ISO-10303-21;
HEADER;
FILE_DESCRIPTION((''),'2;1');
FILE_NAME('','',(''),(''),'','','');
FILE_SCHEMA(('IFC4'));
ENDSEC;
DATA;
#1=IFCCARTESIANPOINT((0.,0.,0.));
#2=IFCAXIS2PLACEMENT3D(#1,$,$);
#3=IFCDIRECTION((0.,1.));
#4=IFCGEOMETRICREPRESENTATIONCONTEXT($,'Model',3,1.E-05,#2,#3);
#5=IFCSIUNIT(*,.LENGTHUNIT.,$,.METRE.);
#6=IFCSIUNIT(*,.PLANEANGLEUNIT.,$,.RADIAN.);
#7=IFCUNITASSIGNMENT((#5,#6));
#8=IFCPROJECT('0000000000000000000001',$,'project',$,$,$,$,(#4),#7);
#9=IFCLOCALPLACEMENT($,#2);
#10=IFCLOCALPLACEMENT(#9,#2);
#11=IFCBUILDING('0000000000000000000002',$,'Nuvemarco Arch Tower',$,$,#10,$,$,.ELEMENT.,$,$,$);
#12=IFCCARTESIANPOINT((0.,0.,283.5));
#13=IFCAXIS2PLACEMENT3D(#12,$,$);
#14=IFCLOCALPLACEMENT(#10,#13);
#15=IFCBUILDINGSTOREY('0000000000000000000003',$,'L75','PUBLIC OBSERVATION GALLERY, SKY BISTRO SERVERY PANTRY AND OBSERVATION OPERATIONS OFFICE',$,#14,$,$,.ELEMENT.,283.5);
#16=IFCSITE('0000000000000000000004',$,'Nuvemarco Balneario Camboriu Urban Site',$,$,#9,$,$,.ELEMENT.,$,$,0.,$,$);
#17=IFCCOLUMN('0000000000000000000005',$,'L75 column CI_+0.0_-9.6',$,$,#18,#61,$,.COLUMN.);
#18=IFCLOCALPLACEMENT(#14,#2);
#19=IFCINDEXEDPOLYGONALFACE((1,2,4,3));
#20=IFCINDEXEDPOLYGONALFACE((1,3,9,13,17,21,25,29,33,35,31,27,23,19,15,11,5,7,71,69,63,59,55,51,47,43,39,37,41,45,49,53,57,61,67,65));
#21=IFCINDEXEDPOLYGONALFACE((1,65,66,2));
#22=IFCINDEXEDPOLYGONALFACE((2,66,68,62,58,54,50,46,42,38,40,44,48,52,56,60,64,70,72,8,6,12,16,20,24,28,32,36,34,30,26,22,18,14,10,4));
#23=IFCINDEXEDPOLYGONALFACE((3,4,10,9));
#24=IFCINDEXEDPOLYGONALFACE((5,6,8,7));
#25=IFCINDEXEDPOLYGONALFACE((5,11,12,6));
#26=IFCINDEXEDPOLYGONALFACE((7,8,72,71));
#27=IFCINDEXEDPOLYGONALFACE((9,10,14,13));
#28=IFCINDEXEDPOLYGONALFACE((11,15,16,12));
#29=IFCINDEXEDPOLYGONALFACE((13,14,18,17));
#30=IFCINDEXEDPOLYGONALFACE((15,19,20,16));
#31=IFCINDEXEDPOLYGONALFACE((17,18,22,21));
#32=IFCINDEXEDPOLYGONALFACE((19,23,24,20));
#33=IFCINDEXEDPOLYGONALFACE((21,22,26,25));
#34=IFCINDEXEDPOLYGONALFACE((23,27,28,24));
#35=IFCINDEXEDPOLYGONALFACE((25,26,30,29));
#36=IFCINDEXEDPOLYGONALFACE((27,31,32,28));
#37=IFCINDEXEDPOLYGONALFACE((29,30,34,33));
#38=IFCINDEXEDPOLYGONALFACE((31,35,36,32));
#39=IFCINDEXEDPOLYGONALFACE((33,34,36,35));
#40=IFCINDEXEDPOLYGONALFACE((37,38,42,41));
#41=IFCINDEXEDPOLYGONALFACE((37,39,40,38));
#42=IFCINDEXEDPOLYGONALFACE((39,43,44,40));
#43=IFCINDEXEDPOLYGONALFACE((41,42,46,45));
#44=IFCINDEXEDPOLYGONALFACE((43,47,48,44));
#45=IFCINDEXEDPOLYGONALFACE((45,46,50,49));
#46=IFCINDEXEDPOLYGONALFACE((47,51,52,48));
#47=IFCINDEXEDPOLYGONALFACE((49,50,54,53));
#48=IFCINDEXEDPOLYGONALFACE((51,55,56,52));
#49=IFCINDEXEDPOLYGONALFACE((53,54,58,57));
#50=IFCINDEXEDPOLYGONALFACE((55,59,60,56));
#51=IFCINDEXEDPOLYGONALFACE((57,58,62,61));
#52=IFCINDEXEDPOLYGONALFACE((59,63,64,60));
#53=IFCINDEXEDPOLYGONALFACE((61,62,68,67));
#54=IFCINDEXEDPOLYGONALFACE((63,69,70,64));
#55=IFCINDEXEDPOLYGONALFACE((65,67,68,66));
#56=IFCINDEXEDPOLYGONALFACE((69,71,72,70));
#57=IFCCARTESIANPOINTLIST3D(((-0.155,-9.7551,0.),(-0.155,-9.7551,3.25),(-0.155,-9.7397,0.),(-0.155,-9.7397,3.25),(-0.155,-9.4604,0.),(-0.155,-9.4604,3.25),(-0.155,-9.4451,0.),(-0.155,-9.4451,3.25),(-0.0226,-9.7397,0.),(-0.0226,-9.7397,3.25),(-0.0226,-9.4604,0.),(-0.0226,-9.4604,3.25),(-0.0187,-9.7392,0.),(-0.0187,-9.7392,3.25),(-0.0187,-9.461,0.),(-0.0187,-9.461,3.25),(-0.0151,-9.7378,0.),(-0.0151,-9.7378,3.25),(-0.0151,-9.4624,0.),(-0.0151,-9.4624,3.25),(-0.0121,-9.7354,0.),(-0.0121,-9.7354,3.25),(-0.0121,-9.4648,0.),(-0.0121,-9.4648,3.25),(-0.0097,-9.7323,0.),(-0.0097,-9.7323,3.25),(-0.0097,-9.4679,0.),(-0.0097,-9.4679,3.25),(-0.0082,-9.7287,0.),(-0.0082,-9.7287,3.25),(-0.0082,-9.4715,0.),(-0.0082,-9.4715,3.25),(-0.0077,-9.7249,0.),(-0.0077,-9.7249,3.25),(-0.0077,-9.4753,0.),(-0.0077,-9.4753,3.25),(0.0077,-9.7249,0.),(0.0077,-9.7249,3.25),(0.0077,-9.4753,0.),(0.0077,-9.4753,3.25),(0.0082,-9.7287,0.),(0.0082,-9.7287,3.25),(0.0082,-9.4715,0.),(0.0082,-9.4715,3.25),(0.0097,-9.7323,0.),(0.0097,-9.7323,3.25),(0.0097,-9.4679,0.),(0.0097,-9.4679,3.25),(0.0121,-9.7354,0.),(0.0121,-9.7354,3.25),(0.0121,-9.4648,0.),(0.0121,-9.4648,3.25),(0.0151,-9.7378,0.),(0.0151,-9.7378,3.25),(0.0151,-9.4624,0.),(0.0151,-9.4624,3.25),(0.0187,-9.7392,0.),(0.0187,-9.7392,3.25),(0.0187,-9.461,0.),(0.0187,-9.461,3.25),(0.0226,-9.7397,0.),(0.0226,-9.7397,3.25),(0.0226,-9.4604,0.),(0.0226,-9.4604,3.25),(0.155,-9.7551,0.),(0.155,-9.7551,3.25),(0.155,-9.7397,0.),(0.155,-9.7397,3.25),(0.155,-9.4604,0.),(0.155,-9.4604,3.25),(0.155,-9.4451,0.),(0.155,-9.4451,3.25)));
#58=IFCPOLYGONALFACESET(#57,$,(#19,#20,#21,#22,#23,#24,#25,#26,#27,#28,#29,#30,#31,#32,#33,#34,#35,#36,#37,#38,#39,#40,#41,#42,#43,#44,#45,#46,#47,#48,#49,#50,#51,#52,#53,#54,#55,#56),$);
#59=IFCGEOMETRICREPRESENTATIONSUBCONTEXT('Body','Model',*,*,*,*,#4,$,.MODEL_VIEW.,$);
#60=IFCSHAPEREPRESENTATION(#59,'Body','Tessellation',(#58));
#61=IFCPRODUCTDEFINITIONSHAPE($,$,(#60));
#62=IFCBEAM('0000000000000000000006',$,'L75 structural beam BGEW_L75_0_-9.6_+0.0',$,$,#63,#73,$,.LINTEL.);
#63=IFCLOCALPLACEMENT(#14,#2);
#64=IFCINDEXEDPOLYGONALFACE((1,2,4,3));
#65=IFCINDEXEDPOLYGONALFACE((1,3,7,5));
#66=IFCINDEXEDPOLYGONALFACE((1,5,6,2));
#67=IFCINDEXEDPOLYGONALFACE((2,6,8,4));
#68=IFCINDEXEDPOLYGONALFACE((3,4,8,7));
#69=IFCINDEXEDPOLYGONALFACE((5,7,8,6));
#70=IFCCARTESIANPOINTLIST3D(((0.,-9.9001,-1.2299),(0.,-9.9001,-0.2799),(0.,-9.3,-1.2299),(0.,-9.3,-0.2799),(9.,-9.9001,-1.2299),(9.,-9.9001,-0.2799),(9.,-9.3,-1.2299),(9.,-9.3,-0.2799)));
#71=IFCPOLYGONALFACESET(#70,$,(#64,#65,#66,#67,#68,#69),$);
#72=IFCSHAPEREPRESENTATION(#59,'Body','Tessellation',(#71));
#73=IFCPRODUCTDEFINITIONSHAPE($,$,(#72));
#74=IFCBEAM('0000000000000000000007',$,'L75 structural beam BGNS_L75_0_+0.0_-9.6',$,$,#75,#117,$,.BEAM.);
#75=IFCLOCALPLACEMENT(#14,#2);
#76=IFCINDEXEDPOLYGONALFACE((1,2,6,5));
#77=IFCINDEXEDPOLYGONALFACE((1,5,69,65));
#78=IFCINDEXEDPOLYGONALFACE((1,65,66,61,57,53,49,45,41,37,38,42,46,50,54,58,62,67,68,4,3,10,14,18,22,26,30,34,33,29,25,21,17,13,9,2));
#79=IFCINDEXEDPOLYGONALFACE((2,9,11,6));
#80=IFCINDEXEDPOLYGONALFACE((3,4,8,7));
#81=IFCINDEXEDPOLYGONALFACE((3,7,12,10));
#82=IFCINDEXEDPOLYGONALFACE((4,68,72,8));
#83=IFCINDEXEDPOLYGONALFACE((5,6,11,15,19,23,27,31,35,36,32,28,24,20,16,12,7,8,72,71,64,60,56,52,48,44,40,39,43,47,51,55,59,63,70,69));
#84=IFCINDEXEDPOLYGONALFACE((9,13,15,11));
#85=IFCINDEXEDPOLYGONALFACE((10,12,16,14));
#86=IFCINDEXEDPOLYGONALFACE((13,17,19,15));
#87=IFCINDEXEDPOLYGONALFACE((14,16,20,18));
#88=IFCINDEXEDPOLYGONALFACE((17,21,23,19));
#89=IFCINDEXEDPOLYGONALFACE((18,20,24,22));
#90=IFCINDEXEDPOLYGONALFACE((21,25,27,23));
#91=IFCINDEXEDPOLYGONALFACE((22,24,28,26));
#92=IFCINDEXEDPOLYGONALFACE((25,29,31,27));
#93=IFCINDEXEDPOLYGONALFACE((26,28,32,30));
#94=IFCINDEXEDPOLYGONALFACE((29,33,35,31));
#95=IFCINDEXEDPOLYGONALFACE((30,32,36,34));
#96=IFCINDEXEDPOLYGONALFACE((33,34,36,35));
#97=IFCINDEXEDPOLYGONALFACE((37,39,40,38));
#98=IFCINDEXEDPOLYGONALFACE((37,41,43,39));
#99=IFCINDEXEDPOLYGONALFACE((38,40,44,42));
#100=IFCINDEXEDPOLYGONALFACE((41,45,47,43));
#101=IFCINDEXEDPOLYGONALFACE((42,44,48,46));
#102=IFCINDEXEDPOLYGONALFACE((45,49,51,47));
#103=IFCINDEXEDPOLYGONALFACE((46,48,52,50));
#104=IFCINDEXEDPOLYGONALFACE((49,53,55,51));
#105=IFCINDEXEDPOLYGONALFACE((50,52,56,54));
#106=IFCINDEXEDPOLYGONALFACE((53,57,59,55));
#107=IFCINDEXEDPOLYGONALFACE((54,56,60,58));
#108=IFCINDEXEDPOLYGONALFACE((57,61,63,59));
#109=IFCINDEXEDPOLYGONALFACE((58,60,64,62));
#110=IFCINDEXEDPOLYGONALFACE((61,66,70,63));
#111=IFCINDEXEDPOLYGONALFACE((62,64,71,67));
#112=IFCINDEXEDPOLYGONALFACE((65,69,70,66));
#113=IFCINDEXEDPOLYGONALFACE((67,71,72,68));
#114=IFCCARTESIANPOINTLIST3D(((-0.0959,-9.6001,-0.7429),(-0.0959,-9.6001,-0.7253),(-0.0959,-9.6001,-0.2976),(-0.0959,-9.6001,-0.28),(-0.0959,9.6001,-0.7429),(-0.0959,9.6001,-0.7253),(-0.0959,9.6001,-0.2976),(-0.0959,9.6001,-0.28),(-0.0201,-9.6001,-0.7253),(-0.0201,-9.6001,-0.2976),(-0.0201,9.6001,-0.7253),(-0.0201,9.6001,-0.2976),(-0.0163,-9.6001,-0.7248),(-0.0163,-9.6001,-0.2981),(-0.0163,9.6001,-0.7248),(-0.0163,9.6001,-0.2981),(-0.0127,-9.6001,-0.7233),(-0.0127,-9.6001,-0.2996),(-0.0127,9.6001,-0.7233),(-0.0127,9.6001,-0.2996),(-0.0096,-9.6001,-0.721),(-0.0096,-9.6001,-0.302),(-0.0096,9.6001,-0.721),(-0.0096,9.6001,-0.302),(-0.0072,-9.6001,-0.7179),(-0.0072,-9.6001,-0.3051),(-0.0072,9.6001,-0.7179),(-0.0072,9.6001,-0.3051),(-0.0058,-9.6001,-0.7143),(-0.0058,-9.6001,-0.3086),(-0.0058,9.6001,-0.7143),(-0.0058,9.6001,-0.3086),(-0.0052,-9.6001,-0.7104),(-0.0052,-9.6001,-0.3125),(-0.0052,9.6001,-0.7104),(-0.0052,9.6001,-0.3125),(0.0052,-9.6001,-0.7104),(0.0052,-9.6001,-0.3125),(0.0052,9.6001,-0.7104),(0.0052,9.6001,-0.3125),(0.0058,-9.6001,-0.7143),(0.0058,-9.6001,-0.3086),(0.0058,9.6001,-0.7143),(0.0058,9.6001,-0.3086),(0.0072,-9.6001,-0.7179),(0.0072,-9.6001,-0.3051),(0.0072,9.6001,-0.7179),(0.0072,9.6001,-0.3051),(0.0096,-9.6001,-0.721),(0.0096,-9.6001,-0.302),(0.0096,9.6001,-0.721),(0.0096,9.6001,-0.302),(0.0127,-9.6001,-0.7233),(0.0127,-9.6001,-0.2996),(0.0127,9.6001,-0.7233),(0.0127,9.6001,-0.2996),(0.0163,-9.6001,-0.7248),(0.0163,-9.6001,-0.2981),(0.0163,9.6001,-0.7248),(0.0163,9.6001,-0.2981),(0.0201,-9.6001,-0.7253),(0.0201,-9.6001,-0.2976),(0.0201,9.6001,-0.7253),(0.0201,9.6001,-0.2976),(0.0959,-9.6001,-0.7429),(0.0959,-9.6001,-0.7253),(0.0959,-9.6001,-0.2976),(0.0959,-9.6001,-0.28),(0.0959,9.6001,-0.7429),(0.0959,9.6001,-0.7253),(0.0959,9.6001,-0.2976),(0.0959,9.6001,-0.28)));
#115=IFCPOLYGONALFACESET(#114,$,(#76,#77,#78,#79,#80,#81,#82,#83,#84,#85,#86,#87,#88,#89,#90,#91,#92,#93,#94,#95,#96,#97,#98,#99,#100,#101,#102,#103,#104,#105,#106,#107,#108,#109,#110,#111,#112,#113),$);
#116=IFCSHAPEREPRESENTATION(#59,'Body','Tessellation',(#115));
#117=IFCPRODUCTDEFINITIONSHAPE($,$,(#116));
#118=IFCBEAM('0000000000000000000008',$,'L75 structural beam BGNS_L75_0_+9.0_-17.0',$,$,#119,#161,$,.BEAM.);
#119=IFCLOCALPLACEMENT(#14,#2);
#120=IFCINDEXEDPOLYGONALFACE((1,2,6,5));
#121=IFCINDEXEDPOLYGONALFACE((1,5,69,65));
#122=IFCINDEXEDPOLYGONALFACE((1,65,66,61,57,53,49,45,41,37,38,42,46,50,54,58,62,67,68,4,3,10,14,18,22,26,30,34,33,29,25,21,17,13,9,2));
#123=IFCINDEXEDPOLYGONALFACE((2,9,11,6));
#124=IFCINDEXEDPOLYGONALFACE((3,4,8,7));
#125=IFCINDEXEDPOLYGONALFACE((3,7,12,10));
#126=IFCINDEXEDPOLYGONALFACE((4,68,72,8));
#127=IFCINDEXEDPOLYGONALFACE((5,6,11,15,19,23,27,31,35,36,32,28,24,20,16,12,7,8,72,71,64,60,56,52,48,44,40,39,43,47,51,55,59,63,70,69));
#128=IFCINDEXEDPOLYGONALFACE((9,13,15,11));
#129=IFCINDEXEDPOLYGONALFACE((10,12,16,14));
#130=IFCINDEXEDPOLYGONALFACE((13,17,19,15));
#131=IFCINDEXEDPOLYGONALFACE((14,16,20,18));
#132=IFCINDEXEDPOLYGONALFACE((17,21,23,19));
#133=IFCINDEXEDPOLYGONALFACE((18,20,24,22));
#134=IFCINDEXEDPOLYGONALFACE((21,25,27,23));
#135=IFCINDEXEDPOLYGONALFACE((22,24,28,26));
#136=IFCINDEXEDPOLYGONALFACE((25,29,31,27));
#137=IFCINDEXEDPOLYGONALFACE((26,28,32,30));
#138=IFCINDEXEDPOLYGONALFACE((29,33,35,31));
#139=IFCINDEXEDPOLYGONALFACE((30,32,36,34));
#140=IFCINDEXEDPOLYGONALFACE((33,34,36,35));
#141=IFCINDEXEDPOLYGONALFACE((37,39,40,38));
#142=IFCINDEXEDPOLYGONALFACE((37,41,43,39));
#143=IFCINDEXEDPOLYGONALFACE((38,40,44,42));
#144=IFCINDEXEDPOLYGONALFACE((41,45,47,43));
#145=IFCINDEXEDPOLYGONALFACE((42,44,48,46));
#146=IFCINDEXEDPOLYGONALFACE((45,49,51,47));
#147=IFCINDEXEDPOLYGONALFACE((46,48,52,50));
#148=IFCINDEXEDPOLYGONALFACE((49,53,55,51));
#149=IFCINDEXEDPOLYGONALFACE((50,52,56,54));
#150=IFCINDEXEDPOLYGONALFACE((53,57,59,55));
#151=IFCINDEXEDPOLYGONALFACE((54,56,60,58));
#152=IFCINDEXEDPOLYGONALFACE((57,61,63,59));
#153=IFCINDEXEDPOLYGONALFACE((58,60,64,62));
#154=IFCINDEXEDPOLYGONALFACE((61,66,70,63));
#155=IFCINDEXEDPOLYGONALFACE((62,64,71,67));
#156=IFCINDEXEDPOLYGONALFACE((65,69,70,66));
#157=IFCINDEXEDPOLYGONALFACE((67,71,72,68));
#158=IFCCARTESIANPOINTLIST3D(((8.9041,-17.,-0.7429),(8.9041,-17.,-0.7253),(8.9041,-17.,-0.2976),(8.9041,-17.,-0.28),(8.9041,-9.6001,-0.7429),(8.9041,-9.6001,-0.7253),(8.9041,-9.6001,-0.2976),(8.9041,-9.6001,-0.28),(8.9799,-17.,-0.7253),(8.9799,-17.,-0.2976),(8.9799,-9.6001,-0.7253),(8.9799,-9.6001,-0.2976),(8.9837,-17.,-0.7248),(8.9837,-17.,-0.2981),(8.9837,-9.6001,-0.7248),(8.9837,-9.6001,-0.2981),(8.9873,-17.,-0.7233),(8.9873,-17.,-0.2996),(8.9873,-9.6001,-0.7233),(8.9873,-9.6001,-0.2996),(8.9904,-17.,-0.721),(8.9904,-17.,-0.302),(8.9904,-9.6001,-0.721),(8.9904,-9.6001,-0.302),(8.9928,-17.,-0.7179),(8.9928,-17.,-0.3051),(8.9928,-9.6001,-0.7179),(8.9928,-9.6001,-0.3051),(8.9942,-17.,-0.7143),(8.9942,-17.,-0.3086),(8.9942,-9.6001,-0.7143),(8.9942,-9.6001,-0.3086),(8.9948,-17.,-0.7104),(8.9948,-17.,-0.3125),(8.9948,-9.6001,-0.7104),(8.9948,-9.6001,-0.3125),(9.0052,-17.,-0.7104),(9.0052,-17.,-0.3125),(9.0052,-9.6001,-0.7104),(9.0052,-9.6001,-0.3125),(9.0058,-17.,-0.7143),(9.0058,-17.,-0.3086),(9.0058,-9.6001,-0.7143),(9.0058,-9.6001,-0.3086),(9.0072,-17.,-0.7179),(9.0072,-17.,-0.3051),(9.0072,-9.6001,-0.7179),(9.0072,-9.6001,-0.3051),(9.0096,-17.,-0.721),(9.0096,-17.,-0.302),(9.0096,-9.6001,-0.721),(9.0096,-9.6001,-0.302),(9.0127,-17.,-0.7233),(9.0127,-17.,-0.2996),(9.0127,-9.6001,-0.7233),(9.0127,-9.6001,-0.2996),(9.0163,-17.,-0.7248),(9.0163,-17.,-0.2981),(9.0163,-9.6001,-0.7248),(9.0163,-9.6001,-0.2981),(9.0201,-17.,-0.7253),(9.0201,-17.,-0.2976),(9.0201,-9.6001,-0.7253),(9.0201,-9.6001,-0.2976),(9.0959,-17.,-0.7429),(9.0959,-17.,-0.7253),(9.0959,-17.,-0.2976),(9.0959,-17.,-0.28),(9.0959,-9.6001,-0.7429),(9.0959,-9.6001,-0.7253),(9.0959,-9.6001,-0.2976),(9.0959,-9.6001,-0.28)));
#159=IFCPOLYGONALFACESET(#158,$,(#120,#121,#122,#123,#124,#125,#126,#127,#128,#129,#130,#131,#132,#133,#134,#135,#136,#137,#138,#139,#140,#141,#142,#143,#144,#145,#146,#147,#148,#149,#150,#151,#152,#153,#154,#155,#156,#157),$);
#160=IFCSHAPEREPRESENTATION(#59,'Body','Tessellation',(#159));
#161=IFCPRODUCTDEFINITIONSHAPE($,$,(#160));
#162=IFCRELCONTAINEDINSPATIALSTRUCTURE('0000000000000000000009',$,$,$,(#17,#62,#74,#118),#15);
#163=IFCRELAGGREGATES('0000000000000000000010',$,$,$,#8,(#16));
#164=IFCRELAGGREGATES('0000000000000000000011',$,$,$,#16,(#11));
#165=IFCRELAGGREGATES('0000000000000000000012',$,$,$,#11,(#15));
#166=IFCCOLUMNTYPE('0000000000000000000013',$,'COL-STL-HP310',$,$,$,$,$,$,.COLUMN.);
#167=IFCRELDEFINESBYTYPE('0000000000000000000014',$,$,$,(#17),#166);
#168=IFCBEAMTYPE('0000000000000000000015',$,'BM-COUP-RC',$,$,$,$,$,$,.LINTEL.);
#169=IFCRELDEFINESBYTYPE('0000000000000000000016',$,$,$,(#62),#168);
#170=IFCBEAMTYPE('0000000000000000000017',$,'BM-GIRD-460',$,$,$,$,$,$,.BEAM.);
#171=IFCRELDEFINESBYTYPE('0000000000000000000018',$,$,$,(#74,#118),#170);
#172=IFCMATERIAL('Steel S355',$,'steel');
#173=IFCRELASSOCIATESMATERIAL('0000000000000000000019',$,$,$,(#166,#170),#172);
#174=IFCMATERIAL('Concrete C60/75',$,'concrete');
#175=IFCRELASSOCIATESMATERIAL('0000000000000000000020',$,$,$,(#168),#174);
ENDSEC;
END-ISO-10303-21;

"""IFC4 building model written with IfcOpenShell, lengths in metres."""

from ifc_helpers import new_model, si_unit, direction, frame, origin, origin_2d, place, context, subcontext, project, spatial, rectangle, i_section, extrude, material, material_profile, profile_set, type_object, element, save


model = new_model("IFC4")

# Units and contexts
model_context = context("Model", 3, precision=1e-05, world=origin(), true_north=direction((0.0, 1.0)))
body_context = subcontext(model_context, "Body", "Model", "MODEL_VIEW")
ifc_project = project(units=[si_unit("LENGTHUNIT", "METRE"), si_unit("PLANEANGLEUNIT", "RADIAN")], contexts=[model_context])

# Site, building, storey
site_placement = place(None, origin())
site = spatial("IfcSite", under=ifc_project, at=site_placement, Name="Nuvemarco Balneario Camboriu Urban Site", CompositionType="ELEMENT", RefElevation=0.0)
building_placement = place(site_placement, origin())
building = spatial("IfcBuilding", under=site, at=building_placement, Name="Nuvemarco Arch Tower", CompositionType="ELEMENT")
storey_placement = place(building_placement, frame((0.0, 0.0, 283.5)))
storey = spatial("IfcBuildingStorey", under=building, at=storey_placement, Name="L75", Description="PUBLIC OBSERVATION GALLERY, SKY BISTRO SERVERY PANTRY AND OBSERVATION OPERATIONS OFFICE", CompositionType="ELEMENT", Elevation=283.5)

# Column
ifc_material_1 = material(Name="Steel S355", Category="steel")
ifc_material_profile_1 = material_profile(ifc_material_1, i_section(OverallWidth=0.3101, OverallDepth=0.3101, WebThickness=0.0154, FlangeThickness=0.0154, FilletRadius=0.0149, at=origin_2d()), Name="HP310x110")
ifc_profile_set_1 = profile_set([ifc_material_profile_1], Name="Steel S355")
column_type = type_object("IfcColumnType", Name="COL-STL-HP310", PredefinedType="COLUMN", material=ifc_profile_set_1)
column_placement = place(storey_placement, frame((0.0, -9.6001, 0.0), z_axis=(0.0, 0.0, 1.0), x_axis=(1.0, 0.0, 0.0)))
element("IfcColumn", 1, at=column_placement, inside=storey, type_object=column_type, Name="L75 column CI_+0.0_-9.6", PredefinedType="COLUMN", context=body_context, shape_type="SweptSolid", body=[
    extrude(i_section(OverallWidth=0.3101, OverallDepth=0.3101, WebThickness=0.0154, FlangeThickness=0.0154, FilletRadius=0.0149, at=origin_2d()), origin(), (0.0, 0.0, 1.0), 3.25),
])

# Beams
ifc_material_2 = material(Name="Concrete C60/75", Category="concrete")
ifc_material_profile_2 = material_profile(ifc_material_2, rectangle(XDim=0.6001, YDim=0.95, at=origin_2d()), Name="RC-BM-600x950")
ifc_profile_set_2 = profile_set([ifc_material_profile_2], Name="Concrete C60/75")
beam_type_1 = type_object("IfcBeamType", Name="BM-COUP-RC", PredefinedType="LINTEL", material=ifc_profile_set_2)
beam_1_placement = place(storey_placement, frame((0.0, -9.6001, -0.7549), z_axis=(1.0, 0.0, 0.0), x_axis=(0.0, 1.0, 0.0)))
element("IfcBeam", 2, at=beam_1_placement, inside=storey, type_object=beam_type_1, Name="L75 structural beam BGEW_L75_0_-9.6_+0.0", PredefinedType="LINTEL", context=body_context, shape_type="SweptSolid", body=[
    extrude(rectangle(XDim=0.6001, YDim=0.95, at=origin_2d()), origin(), (0.0, 0.0, 1.0), 9.0),
])
ifc_material_profile_3 = material_profile(ifc_material_1, i_section(OverallWidth=0.1919, OverallDepth=0.4629, WebThickness=0.0105, FlangeThickness=0.0176, FilletRadius=0.0149, at=origin_2d()), Name="W460x89")
ifc_profile_set_3 = profile_set([ifc_material_profile_3], Name="Steel S355")
beam_type_2 = type_object("IfcBeamType", Name="BM-GIRD-460", PredefinedType="BEAM", material=ifc_profile_set_3)
beam_2_placement = place(storey_placement, frame((0.0, -9.6001, -0.5115), z_axis=(0.0, 1.0, 0.0), x_axis=(-1.0, 0.0, 0.0)))
element("IfcBeam", 3, at=beam_2_placement, inside=storey, type_object=beam_type_2, Name="L75 structural beam BGNS_L75_0_+0.0_-9.6", PredefinedType="BEAM", context=body_context, shape_type="SweptSolid", body=[
    extrude(i_section(OverallWidth=0.1919, OverallDepth=0.4629, WebThickness=0.0105, FlangeThickness=0.0176, FilletRadius=0.0149, at=origin_2d()), origin(), (0.0, 0.0, 1.0), 19.2002),
])
beam_3_placement = place(storey_placement, frame((9.0, -17.0, -0.5115), z_axis=(0.0, 1.0, 0.0), x_axis=(-1.0, 0.0, 0.0)))
element("IfcBeam", 4, at=beam_3_placement, inside=storey, type_object=beam_type_2, Name="L75 structural beam BGNS_L75_0_+9.0_-17.0", PredefinedType="BEAM", context=body_context, shape_type="SweptSolid", body=[
    extrude(i_section(OverallWidth=0.1919, OverallDepth=0.4629, WebThickness=0.0105, FlangeThickness=0.0176, FilletRadius=0.0149, at=origin_2d()), origin(), (0.0, 0.0, 1.0), 7.3999),
])

save(model, "model.ifc")
